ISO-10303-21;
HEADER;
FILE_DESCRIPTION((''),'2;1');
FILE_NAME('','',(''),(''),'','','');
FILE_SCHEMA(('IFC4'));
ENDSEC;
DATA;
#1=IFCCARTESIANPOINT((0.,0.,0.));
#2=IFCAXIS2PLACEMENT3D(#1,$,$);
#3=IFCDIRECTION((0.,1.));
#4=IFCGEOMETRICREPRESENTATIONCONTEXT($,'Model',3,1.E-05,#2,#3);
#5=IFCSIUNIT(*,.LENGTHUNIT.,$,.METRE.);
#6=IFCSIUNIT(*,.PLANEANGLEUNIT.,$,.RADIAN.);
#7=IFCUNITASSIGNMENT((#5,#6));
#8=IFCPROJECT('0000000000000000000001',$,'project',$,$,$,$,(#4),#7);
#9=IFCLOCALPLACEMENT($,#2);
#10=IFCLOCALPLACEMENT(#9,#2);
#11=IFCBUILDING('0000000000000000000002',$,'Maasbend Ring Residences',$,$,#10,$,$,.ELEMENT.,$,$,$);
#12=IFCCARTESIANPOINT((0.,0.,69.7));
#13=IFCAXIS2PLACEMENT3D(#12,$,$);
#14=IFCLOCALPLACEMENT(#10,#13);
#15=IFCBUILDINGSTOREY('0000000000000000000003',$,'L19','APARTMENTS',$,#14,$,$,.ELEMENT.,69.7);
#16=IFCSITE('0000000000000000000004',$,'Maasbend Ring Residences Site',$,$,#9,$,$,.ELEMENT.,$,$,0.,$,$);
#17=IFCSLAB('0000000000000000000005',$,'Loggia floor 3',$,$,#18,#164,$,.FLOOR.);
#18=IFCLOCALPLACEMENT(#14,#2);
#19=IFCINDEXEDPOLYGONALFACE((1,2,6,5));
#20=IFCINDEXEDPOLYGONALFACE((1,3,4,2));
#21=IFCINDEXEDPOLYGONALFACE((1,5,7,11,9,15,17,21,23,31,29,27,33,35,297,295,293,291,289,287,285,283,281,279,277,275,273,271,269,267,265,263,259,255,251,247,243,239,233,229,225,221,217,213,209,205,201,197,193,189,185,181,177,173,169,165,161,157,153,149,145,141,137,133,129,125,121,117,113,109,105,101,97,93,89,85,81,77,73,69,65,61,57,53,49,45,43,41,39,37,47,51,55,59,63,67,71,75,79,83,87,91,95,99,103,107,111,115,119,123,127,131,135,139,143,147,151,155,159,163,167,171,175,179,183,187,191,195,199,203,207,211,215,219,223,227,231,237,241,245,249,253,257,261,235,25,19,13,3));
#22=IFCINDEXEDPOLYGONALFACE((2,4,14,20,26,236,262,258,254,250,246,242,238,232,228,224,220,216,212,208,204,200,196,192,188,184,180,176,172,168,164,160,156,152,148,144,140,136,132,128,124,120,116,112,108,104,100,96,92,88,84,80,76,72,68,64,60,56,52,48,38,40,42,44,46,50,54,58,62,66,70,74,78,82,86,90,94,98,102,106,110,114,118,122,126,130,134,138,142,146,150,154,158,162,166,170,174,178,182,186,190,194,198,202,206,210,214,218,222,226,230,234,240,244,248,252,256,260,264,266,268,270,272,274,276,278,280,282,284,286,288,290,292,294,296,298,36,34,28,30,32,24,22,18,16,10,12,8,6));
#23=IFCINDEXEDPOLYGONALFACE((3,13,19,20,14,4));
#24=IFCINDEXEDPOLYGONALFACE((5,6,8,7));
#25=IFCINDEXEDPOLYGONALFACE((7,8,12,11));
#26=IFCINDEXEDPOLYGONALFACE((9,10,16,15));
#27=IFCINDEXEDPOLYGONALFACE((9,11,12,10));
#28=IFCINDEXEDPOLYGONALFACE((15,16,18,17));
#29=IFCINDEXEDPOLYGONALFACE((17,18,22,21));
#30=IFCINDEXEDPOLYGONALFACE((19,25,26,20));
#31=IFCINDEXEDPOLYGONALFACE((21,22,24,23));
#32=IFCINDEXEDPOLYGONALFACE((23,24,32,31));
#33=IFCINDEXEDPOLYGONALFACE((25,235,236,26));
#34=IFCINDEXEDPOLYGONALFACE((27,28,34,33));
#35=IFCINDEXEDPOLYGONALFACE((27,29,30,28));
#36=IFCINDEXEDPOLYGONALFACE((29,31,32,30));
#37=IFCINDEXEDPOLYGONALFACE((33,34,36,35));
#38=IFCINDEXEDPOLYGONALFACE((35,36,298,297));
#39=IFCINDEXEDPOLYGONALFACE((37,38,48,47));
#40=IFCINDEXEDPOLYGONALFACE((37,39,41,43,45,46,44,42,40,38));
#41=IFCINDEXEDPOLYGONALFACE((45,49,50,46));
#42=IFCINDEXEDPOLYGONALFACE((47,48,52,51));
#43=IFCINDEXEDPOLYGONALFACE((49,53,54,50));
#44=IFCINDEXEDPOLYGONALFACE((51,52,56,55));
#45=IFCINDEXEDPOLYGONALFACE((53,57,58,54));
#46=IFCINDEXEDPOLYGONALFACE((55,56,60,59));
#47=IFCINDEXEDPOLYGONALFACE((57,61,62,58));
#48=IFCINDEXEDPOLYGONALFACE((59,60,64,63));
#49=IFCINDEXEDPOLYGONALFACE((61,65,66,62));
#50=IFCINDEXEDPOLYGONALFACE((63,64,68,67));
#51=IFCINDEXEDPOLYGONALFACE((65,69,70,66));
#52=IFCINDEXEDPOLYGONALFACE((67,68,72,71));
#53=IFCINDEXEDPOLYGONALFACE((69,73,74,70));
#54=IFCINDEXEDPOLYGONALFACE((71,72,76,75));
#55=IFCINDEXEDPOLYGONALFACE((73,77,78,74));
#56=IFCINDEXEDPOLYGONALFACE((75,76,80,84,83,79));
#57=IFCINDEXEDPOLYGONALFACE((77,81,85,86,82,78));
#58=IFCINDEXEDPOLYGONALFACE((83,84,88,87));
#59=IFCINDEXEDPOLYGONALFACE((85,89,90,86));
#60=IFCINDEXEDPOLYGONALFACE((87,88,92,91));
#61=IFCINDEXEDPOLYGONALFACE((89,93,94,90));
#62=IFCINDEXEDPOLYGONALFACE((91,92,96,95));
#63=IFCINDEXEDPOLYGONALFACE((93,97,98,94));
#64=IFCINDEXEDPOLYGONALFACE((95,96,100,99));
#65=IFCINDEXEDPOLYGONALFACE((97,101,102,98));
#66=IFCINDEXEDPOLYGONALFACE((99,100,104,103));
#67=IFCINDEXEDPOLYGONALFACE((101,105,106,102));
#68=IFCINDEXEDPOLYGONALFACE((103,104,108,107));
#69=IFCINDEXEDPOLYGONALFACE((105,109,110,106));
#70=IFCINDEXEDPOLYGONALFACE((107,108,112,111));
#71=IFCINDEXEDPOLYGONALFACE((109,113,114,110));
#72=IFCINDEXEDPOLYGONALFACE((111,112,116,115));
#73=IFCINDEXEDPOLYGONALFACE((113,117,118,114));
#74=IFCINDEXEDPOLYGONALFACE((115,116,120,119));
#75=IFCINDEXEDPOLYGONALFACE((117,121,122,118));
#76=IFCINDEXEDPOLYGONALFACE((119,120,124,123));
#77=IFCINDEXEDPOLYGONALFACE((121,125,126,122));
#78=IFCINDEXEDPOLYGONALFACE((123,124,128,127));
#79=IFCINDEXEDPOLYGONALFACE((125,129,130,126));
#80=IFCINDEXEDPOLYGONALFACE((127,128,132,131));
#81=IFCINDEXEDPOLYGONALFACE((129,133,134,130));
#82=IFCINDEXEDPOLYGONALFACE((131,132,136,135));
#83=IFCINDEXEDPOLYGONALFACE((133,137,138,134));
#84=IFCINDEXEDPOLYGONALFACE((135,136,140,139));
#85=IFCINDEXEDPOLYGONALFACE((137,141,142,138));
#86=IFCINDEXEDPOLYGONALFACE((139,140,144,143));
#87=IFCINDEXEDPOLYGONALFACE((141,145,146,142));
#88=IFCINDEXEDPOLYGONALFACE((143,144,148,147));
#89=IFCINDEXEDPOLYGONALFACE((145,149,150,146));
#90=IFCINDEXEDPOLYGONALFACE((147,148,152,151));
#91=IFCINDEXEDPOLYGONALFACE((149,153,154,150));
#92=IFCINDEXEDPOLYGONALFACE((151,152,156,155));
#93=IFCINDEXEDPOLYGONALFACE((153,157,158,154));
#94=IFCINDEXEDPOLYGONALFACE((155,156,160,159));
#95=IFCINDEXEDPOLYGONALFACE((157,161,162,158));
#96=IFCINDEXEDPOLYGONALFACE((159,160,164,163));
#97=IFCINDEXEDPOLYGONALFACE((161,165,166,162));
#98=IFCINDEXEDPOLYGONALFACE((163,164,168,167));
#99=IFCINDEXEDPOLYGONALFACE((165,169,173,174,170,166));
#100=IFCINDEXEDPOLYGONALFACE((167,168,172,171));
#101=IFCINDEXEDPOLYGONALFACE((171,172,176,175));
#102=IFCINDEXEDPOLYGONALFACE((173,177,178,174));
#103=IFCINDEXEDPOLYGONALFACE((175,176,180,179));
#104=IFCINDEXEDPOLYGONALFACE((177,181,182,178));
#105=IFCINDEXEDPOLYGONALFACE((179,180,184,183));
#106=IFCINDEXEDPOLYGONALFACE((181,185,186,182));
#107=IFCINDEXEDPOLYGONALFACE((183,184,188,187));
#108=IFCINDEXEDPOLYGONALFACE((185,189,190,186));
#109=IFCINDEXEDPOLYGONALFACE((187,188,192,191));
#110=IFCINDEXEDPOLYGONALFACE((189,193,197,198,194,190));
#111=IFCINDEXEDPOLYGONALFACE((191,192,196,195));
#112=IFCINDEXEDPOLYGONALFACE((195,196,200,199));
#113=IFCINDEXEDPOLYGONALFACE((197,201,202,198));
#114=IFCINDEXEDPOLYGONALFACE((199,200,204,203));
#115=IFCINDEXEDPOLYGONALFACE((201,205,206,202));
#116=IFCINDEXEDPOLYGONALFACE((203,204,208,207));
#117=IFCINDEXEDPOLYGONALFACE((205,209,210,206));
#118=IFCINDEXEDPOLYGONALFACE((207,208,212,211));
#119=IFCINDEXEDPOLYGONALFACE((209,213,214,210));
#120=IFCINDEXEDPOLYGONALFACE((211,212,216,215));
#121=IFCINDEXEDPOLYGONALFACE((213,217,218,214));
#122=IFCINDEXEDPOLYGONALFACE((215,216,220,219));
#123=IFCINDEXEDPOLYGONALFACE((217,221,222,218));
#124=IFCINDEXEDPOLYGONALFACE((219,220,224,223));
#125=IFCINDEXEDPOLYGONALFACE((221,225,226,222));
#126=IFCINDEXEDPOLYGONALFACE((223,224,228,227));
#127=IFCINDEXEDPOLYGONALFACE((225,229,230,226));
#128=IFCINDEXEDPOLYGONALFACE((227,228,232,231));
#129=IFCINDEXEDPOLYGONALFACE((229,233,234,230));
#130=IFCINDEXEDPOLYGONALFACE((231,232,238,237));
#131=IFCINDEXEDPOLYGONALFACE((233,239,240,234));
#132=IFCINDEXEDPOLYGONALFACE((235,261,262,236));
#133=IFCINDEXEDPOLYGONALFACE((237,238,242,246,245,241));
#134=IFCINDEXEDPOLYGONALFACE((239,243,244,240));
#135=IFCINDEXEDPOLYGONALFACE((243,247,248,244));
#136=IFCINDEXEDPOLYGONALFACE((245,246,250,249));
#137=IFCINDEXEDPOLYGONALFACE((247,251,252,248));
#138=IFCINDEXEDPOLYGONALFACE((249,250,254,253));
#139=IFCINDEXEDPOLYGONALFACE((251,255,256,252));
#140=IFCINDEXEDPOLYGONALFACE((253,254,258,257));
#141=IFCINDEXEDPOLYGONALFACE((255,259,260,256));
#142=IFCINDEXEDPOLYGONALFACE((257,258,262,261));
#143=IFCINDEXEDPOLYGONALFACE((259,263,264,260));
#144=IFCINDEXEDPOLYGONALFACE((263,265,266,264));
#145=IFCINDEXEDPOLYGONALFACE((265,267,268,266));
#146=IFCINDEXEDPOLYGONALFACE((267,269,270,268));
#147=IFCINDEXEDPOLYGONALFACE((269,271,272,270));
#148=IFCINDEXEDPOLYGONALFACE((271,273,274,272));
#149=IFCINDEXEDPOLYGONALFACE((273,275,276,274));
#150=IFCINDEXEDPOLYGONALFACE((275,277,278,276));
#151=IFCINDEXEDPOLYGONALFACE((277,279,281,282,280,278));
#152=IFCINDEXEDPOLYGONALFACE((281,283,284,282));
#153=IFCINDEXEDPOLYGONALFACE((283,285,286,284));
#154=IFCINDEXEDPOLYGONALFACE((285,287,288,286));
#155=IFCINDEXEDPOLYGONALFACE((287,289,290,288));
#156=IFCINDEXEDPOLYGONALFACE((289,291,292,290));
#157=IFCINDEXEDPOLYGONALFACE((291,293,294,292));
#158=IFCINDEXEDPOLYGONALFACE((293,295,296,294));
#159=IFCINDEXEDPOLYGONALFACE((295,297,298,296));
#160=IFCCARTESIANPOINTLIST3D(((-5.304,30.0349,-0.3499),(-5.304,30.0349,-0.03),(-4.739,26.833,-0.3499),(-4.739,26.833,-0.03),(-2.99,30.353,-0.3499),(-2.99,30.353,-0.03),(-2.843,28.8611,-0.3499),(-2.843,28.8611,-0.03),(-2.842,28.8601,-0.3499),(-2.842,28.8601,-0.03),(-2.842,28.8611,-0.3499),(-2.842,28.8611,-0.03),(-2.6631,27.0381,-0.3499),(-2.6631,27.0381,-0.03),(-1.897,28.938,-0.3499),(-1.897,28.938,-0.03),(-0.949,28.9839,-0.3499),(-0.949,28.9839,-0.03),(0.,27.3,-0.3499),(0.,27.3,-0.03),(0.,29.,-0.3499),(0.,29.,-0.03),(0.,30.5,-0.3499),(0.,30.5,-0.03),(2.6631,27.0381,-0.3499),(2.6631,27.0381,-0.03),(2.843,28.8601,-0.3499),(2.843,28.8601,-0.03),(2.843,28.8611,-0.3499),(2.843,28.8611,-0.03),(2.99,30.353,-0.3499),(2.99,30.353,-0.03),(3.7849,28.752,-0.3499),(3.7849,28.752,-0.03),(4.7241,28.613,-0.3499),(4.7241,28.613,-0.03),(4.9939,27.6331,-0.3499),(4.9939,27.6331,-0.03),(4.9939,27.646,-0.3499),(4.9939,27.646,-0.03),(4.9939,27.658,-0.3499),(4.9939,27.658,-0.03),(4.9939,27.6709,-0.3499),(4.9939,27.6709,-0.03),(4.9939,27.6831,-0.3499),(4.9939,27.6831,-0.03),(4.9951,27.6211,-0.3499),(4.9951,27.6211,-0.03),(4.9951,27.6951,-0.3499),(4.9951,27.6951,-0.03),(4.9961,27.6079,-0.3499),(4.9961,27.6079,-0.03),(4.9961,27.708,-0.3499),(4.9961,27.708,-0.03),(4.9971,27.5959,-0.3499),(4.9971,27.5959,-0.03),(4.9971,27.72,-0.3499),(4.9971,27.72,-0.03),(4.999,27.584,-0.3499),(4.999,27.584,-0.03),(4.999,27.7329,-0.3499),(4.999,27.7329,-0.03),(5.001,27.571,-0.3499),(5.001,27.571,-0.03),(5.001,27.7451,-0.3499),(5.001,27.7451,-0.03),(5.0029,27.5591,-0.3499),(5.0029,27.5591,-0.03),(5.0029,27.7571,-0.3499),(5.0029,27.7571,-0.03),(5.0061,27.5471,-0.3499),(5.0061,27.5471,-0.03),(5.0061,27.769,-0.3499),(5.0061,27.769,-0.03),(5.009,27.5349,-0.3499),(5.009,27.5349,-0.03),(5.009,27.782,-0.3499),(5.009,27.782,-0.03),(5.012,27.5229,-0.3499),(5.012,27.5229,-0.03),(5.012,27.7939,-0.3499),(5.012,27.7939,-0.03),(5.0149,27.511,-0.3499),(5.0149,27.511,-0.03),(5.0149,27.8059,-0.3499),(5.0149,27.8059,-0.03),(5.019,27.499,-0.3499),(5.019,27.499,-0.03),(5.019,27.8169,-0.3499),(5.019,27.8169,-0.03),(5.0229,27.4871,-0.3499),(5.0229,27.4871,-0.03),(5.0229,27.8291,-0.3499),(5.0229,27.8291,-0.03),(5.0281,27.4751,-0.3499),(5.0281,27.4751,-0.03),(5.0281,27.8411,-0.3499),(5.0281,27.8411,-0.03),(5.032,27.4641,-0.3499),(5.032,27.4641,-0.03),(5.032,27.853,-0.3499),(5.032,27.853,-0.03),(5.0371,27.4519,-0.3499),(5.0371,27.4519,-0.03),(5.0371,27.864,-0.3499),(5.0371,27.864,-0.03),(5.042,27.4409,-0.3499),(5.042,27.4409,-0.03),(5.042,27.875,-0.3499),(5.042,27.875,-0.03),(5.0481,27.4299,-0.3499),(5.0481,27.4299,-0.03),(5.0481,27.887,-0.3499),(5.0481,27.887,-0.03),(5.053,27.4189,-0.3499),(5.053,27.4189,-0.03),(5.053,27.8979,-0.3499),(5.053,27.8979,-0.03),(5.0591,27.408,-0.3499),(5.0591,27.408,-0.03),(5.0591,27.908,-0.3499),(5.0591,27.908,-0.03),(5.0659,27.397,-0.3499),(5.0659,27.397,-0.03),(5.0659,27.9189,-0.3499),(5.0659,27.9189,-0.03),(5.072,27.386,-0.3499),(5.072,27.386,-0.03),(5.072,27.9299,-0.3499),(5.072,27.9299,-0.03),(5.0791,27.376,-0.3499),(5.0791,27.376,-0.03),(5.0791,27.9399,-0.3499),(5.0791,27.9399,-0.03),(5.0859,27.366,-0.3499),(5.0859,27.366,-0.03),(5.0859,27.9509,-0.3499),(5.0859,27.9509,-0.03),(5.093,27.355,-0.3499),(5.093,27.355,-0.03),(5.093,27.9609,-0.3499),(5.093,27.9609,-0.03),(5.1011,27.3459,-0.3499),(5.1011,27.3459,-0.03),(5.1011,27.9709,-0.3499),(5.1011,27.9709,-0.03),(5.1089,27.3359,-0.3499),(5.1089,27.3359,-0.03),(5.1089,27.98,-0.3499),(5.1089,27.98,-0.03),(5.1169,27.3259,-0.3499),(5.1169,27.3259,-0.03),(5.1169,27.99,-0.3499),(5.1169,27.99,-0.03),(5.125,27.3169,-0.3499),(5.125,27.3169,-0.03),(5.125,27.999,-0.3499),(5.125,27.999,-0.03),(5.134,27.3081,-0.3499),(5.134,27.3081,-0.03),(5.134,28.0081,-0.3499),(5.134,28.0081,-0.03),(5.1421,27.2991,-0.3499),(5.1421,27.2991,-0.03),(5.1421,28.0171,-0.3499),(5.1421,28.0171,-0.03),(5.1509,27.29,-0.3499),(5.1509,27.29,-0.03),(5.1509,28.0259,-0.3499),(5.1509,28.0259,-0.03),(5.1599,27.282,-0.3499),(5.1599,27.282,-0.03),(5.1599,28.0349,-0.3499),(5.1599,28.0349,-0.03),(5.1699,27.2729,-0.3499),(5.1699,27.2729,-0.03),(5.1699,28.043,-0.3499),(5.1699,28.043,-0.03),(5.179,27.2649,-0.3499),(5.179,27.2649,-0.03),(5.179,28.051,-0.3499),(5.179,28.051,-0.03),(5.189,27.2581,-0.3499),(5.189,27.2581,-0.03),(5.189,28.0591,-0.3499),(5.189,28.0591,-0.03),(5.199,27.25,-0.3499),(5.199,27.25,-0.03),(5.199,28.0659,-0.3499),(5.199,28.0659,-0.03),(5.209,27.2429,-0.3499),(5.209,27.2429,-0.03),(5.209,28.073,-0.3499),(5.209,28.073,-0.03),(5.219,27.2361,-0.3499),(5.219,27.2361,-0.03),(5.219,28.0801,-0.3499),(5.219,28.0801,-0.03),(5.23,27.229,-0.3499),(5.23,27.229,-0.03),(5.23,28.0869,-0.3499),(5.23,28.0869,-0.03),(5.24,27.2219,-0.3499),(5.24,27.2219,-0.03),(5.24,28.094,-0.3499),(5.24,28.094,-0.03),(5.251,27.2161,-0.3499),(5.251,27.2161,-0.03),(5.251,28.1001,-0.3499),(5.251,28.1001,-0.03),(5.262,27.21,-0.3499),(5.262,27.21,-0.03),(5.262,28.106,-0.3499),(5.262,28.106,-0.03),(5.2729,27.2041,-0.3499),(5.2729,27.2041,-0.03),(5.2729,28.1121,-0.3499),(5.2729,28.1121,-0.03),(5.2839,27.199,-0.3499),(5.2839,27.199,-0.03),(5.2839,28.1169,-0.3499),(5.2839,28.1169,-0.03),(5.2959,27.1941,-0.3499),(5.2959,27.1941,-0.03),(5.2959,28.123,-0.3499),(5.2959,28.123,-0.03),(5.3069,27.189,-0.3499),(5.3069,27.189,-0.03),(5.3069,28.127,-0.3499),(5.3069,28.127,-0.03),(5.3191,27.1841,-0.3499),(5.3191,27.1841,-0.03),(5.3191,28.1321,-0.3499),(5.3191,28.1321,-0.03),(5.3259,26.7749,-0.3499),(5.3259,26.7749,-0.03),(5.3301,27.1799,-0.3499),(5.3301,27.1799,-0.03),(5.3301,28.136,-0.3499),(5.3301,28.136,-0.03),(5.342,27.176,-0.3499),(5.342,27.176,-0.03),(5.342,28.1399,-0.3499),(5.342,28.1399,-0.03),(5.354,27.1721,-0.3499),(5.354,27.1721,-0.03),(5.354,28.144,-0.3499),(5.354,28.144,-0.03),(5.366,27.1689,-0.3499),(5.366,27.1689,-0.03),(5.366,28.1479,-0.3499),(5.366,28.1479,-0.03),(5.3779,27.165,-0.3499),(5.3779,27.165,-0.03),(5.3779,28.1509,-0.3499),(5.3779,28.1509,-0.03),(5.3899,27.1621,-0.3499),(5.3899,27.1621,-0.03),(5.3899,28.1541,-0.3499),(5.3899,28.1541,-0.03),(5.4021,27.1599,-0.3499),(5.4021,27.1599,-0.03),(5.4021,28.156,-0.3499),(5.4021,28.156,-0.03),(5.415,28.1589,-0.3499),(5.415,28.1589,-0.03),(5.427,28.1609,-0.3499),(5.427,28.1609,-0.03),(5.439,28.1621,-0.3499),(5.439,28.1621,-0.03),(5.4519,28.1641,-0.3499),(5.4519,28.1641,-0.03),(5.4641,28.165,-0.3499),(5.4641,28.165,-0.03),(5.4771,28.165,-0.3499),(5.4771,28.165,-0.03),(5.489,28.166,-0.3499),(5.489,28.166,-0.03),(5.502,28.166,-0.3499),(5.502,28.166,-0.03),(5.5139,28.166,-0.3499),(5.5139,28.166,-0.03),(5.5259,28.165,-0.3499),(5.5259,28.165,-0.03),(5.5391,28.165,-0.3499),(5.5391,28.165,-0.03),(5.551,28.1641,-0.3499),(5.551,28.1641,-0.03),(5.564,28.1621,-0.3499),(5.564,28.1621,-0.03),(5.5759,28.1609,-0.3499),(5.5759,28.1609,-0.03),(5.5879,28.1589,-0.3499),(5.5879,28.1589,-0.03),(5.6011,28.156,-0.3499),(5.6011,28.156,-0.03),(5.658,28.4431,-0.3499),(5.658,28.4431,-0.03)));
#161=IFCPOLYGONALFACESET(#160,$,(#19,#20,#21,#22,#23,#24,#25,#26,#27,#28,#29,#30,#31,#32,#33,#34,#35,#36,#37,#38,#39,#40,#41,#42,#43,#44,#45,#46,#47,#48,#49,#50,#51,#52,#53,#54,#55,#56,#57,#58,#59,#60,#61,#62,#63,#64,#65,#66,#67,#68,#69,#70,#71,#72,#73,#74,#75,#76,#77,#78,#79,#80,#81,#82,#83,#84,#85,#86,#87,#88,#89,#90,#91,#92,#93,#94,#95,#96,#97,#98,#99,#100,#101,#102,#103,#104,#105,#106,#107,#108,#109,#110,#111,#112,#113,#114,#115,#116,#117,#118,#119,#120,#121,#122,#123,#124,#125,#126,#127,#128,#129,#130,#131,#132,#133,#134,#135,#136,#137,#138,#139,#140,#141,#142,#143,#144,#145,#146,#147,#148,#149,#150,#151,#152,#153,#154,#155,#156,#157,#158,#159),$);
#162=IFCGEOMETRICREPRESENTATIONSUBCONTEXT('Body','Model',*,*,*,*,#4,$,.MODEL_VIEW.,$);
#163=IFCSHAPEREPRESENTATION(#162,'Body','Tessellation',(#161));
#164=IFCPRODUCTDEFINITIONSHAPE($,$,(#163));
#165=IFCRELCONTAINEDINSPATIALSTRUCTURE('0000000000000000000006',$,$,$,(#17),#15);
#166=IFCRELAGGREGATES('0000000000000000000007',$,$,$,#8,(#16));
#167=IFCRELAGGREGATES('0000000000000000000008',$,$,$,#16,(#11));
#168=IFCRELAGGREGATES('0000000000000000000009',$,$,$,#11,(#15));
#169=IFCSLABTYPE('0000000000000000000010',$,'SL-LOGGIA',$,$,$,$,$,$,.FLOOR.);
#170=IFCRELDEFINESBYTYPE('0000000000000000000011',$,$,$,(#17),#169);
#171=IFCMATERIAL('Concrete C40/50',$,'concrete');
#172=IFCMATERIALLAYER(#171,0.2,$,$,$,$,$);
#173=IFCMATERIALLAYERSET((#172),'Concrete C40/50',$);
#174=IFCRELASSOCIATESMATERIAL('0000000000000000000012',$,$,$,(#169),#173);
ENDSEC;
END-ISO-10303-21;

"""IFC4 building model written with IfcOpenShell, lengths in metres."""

from ifc_helpers import new_model, si_unit, direction, frame, origin, place, context, subcontext, project, spatial, polyline, outline, extrude, material, layer, layer_set, type_object, element, save


model = new_model("IFC4")

# Units and contexts
model_context = context("Model", 3, precision=1e-05, world=origin(), true_north=direction((0.0, 1.0)))
body_context = subcontext(model_context, "Body", "Model", "MODEL_VIEW")
ifc_project = project(units=[si_unit("LENGTHUNIT", "METRE"), si_unit("PLANEANGLEUNIT", "RADIAN")], contexts=[model_context])

# Site, building, storey
site_placement = place(None, origin())
site = spatial("IfcSite", under=ifc_project, at=site_placement, Name="Maasbend Ring Residences Site", CompositionType="ELEMENT", RefElevation=0.0)
building_placement = place(site_placement, origin())
building = spatial("IfcBuilding", under=site, at=building_placement, Name="Maasbend Ring Residences", CompositionType="ELEMENT")
storey_placement = place(building_placement, frame((0.0, 0.0, 69.7)))
storey = spatial("IfcBuildingStorey", under=building, at=storey_placement, Name="L19", Description="APARTMENTS", CompositionType="ELEMENT", Elevation=69.7)

# Slab
ifc_material_1 = material(Name="Concrete C40/50", Category="concrete")
ifc_layer_1 = layer(ifc_material_1, 0.2)
ifc_layer_set_1 = layer_set([ifc_layer_1], Name="Concrete C40/50")
slab_type_1 = type_object("IfcSlabType", Name="SL-LOGGIA", PredefinedType="FLOOR", material=ifc_layer_set_1)
slab_1_placement = place(storey_placement, frame((0.0, 0.0, -0.3499)))
element("IfcSlab", 1, at=slab_1_placement, inside=storey, type_object=slab_type_1, Name="Loggia floor 3", PredefinedType="FLOOR", context=body_context, shape_type="SweptSolid", body=[
    extrude(outline(polyline([(-2.843, 28.8611), (-2.843, 28.8611), (-2.843, 28.8611), (-2.843, 28.8611), (-2.842, 28.8611), (-2.842, 28.8611), (-2.842, 28.8611), (-2.842, 28.8611), (-2.842, 28.8611), (-2.842, 28.8601), (-2.842, 28.8601), (-2.842, 28.8601), (-2.842, 28.8601), (-2.842, 28.8601), (-2.842, 28.8601), (-2.842, 28.8601), (-2.842, 28.8601), (-1.897, 28.938), (-1.897, 28.938), (-0.949, 28.9839), (-0.949, 28.9839), (0.0, 29.0), (0.0, 29.0), (0.0, 29.0), (0.0, 29.0), (0.0, 29.0), (0.0, 29.0), (0.0, 29.0), (0.0, 29.0), (0.0, 29.0), (0.0, 29.0), (0.0, 29.0), (0.0, 29.0), (0.0, 29.0), (0.0, 29.0), (0.0, 29.0), (0.0, 29.0), (0.0, 29.0), (0.0, 30.5), (0.0, 30.5), (0.0, 30.5), (2.99, 30.353), (2.99, 30.353), (2.99, 30.353), (2.843, 28.8611), (2.843, 28.8611), (2.843, 28.8611), (2.843, 28.8611), (2.843, 28.8611), (2.843, 28.8611), (2.843, 28.8611), (2.843, 28.8611), (2.843, 28.8601), (2.843, 28.8601), (2.843, 28.8601), (2.843, 28.8601), (2.843, 28.8601), (2.843, 28.8601), (2.843, 28.8601), (2.843, 28.8601), (2.843, 28.8601), (3.7849, 28.752), (3.7849, 28.752), (4.7241, 28.613), (4.7241, 28.613), (5.658, 28.4431), (5.658, 28.4431), (5.658, 28.4431), (5.6011, 28.156), (5.6011, 28.156), (5.5879, 28.1589), (5.5759, 28.1609), (5.564, 28.1621), (5.551, 28.1641), (5.5391, 28.165), (5.5259, 28.165), (5.5139, 28.166), (5.502, 28.166), (5.489, 28.166), (5.4771, 28.165), (5.4641, 28.165), (5.4519, 28.1641), (5.439, 28.1621), (5.427, 28.1609), (5.415, 28.1589), (5.4021, 28.156), (5.3899, 28.1541), (5.3779, 28.1509), (5.366, 28.1479), (5.354, 28.144), (5.342, 28.1399), (5.3301, 28.136), (5.3191, 28.1321), (5.3069, 28.127), (5.2959, 28.123), (5.2839, 28.1169), (5.2729, 28.1121), (5.262, 28.106), (5.251, 28.1001), (5.24, 28.094), (5.23, 28.0869), (5.219, 28.0801), (5.209, 28.073), (5.199, 28.0659), (5.189, 28.0591), (5.179, 28.051), (5.1699, 28.043), (5.1599, 28.0349), (5.1509, 28.0259), (5.1421, 28.0171), (5.134, 28.0081), (5.125, 27.999), (5.1169, 27.99), (5.1089, 27.98), (5.1011, 27.9709), (5.093, 27.9609), (5.0859, 27.9509), (5.0791, 27.9399), (5.072, 27.9299), (5.0659, 27.9189), (5.0591, 27.908), (5.053, 27.8979), (5.0481, 27.887), (5.042, 27.875), (5.0371, 27.864), (5.032, 27.853), (5.0281, 27.8411), (5.0229, 27.8291), (5.019, 27.8169), (5.0149, 27.8059), (5.012, 27.7939), (5.009, 27.782), (5.0061, 27.769), (5.0029, 27.7571), (5.001, 27.7451), (4.999, 27.7329), (4.9971, 27.72), (4.9961, 27.708), (4.9951, 27.6951), (4.9939, 27.6831), (4.9939, 27.6709), (4.9939, 27.658), (4.9939, 27.646), (4.9939, 27.6331), (4.9951, 27.6211), (4.9961, 27.6079), (4.9971, 27.5959), (4.999, 27.584), (5.001, 27.571), (5.0029, 27.5591), (5.0061, 27.5471), (5.009, 27.5349), (5.012, 27.5229), (5.0149, 27.511), (5.019, 27.499), (5.0229, 27.4871), (5.0281, 27.4751), (5.032, 27.4641), (5.0371, 27.4519), (5.042, 27.4409), (5.0481, 27.4299), (5.053, 27.4189), (5.0591, 27.408), (5.0659, 27.397), (5.072, 27.386), (5.0791, 27.376), (5.0859, 27.366), (5.093, 27.355), (5.1011, 27.3459), (5.1089, 27.3359), (5.1169, 27.3259), (5.125, 27.3169), (5.134, 27.3081), (5.1421, 27.2991), (5.1509, 27.29), (5.1599, 27.282), (5.1699, 27.2729), (5.179, 27.2649), (5.189, 27.2581), (5.199, 27.25), (5.209, 27.2429), (5.219, 27.2361), (5.23, 27.229), (5.24, 27.2219), (5.251, 27.2161), (5.262, 27.21), (5.2729, 27.2041), (5.2839, 27.199), (5.2959, 27.1941), (5.3069, 27.189), (5.3191, 27.1841), (5.3301, 27.1799), (5.342, 27.176), (5.354, 27.1721), (5.366, 27.1689), (5.3779, 27.165), (5.3899, 27.1621), (5.4021, 27.1599), (5.4021, 27.1599), (5.3259, 26.7749), (5.3259, 26.7749), (5.3259, 26.7749), (2.6631, 27.0381), (0.0, 27.3), (0.0, 27.3), (0.0, 27.3), (-2.6631, 27.0381), (-4.739, 26.833), (-4.739, 26.833), (-4.739, 26.833), (-5.304, 30.0349), (-5.304, 30.0349), (-5.304, 30.0349), (-2.99, 30.353), (-2.99, 30.353), (-2.99, 30.353), (-2.843, 28.8611)])), origin(), (0.0, 0.0, 1.0), 0.3198),
])

save(model, "model.ifc")
